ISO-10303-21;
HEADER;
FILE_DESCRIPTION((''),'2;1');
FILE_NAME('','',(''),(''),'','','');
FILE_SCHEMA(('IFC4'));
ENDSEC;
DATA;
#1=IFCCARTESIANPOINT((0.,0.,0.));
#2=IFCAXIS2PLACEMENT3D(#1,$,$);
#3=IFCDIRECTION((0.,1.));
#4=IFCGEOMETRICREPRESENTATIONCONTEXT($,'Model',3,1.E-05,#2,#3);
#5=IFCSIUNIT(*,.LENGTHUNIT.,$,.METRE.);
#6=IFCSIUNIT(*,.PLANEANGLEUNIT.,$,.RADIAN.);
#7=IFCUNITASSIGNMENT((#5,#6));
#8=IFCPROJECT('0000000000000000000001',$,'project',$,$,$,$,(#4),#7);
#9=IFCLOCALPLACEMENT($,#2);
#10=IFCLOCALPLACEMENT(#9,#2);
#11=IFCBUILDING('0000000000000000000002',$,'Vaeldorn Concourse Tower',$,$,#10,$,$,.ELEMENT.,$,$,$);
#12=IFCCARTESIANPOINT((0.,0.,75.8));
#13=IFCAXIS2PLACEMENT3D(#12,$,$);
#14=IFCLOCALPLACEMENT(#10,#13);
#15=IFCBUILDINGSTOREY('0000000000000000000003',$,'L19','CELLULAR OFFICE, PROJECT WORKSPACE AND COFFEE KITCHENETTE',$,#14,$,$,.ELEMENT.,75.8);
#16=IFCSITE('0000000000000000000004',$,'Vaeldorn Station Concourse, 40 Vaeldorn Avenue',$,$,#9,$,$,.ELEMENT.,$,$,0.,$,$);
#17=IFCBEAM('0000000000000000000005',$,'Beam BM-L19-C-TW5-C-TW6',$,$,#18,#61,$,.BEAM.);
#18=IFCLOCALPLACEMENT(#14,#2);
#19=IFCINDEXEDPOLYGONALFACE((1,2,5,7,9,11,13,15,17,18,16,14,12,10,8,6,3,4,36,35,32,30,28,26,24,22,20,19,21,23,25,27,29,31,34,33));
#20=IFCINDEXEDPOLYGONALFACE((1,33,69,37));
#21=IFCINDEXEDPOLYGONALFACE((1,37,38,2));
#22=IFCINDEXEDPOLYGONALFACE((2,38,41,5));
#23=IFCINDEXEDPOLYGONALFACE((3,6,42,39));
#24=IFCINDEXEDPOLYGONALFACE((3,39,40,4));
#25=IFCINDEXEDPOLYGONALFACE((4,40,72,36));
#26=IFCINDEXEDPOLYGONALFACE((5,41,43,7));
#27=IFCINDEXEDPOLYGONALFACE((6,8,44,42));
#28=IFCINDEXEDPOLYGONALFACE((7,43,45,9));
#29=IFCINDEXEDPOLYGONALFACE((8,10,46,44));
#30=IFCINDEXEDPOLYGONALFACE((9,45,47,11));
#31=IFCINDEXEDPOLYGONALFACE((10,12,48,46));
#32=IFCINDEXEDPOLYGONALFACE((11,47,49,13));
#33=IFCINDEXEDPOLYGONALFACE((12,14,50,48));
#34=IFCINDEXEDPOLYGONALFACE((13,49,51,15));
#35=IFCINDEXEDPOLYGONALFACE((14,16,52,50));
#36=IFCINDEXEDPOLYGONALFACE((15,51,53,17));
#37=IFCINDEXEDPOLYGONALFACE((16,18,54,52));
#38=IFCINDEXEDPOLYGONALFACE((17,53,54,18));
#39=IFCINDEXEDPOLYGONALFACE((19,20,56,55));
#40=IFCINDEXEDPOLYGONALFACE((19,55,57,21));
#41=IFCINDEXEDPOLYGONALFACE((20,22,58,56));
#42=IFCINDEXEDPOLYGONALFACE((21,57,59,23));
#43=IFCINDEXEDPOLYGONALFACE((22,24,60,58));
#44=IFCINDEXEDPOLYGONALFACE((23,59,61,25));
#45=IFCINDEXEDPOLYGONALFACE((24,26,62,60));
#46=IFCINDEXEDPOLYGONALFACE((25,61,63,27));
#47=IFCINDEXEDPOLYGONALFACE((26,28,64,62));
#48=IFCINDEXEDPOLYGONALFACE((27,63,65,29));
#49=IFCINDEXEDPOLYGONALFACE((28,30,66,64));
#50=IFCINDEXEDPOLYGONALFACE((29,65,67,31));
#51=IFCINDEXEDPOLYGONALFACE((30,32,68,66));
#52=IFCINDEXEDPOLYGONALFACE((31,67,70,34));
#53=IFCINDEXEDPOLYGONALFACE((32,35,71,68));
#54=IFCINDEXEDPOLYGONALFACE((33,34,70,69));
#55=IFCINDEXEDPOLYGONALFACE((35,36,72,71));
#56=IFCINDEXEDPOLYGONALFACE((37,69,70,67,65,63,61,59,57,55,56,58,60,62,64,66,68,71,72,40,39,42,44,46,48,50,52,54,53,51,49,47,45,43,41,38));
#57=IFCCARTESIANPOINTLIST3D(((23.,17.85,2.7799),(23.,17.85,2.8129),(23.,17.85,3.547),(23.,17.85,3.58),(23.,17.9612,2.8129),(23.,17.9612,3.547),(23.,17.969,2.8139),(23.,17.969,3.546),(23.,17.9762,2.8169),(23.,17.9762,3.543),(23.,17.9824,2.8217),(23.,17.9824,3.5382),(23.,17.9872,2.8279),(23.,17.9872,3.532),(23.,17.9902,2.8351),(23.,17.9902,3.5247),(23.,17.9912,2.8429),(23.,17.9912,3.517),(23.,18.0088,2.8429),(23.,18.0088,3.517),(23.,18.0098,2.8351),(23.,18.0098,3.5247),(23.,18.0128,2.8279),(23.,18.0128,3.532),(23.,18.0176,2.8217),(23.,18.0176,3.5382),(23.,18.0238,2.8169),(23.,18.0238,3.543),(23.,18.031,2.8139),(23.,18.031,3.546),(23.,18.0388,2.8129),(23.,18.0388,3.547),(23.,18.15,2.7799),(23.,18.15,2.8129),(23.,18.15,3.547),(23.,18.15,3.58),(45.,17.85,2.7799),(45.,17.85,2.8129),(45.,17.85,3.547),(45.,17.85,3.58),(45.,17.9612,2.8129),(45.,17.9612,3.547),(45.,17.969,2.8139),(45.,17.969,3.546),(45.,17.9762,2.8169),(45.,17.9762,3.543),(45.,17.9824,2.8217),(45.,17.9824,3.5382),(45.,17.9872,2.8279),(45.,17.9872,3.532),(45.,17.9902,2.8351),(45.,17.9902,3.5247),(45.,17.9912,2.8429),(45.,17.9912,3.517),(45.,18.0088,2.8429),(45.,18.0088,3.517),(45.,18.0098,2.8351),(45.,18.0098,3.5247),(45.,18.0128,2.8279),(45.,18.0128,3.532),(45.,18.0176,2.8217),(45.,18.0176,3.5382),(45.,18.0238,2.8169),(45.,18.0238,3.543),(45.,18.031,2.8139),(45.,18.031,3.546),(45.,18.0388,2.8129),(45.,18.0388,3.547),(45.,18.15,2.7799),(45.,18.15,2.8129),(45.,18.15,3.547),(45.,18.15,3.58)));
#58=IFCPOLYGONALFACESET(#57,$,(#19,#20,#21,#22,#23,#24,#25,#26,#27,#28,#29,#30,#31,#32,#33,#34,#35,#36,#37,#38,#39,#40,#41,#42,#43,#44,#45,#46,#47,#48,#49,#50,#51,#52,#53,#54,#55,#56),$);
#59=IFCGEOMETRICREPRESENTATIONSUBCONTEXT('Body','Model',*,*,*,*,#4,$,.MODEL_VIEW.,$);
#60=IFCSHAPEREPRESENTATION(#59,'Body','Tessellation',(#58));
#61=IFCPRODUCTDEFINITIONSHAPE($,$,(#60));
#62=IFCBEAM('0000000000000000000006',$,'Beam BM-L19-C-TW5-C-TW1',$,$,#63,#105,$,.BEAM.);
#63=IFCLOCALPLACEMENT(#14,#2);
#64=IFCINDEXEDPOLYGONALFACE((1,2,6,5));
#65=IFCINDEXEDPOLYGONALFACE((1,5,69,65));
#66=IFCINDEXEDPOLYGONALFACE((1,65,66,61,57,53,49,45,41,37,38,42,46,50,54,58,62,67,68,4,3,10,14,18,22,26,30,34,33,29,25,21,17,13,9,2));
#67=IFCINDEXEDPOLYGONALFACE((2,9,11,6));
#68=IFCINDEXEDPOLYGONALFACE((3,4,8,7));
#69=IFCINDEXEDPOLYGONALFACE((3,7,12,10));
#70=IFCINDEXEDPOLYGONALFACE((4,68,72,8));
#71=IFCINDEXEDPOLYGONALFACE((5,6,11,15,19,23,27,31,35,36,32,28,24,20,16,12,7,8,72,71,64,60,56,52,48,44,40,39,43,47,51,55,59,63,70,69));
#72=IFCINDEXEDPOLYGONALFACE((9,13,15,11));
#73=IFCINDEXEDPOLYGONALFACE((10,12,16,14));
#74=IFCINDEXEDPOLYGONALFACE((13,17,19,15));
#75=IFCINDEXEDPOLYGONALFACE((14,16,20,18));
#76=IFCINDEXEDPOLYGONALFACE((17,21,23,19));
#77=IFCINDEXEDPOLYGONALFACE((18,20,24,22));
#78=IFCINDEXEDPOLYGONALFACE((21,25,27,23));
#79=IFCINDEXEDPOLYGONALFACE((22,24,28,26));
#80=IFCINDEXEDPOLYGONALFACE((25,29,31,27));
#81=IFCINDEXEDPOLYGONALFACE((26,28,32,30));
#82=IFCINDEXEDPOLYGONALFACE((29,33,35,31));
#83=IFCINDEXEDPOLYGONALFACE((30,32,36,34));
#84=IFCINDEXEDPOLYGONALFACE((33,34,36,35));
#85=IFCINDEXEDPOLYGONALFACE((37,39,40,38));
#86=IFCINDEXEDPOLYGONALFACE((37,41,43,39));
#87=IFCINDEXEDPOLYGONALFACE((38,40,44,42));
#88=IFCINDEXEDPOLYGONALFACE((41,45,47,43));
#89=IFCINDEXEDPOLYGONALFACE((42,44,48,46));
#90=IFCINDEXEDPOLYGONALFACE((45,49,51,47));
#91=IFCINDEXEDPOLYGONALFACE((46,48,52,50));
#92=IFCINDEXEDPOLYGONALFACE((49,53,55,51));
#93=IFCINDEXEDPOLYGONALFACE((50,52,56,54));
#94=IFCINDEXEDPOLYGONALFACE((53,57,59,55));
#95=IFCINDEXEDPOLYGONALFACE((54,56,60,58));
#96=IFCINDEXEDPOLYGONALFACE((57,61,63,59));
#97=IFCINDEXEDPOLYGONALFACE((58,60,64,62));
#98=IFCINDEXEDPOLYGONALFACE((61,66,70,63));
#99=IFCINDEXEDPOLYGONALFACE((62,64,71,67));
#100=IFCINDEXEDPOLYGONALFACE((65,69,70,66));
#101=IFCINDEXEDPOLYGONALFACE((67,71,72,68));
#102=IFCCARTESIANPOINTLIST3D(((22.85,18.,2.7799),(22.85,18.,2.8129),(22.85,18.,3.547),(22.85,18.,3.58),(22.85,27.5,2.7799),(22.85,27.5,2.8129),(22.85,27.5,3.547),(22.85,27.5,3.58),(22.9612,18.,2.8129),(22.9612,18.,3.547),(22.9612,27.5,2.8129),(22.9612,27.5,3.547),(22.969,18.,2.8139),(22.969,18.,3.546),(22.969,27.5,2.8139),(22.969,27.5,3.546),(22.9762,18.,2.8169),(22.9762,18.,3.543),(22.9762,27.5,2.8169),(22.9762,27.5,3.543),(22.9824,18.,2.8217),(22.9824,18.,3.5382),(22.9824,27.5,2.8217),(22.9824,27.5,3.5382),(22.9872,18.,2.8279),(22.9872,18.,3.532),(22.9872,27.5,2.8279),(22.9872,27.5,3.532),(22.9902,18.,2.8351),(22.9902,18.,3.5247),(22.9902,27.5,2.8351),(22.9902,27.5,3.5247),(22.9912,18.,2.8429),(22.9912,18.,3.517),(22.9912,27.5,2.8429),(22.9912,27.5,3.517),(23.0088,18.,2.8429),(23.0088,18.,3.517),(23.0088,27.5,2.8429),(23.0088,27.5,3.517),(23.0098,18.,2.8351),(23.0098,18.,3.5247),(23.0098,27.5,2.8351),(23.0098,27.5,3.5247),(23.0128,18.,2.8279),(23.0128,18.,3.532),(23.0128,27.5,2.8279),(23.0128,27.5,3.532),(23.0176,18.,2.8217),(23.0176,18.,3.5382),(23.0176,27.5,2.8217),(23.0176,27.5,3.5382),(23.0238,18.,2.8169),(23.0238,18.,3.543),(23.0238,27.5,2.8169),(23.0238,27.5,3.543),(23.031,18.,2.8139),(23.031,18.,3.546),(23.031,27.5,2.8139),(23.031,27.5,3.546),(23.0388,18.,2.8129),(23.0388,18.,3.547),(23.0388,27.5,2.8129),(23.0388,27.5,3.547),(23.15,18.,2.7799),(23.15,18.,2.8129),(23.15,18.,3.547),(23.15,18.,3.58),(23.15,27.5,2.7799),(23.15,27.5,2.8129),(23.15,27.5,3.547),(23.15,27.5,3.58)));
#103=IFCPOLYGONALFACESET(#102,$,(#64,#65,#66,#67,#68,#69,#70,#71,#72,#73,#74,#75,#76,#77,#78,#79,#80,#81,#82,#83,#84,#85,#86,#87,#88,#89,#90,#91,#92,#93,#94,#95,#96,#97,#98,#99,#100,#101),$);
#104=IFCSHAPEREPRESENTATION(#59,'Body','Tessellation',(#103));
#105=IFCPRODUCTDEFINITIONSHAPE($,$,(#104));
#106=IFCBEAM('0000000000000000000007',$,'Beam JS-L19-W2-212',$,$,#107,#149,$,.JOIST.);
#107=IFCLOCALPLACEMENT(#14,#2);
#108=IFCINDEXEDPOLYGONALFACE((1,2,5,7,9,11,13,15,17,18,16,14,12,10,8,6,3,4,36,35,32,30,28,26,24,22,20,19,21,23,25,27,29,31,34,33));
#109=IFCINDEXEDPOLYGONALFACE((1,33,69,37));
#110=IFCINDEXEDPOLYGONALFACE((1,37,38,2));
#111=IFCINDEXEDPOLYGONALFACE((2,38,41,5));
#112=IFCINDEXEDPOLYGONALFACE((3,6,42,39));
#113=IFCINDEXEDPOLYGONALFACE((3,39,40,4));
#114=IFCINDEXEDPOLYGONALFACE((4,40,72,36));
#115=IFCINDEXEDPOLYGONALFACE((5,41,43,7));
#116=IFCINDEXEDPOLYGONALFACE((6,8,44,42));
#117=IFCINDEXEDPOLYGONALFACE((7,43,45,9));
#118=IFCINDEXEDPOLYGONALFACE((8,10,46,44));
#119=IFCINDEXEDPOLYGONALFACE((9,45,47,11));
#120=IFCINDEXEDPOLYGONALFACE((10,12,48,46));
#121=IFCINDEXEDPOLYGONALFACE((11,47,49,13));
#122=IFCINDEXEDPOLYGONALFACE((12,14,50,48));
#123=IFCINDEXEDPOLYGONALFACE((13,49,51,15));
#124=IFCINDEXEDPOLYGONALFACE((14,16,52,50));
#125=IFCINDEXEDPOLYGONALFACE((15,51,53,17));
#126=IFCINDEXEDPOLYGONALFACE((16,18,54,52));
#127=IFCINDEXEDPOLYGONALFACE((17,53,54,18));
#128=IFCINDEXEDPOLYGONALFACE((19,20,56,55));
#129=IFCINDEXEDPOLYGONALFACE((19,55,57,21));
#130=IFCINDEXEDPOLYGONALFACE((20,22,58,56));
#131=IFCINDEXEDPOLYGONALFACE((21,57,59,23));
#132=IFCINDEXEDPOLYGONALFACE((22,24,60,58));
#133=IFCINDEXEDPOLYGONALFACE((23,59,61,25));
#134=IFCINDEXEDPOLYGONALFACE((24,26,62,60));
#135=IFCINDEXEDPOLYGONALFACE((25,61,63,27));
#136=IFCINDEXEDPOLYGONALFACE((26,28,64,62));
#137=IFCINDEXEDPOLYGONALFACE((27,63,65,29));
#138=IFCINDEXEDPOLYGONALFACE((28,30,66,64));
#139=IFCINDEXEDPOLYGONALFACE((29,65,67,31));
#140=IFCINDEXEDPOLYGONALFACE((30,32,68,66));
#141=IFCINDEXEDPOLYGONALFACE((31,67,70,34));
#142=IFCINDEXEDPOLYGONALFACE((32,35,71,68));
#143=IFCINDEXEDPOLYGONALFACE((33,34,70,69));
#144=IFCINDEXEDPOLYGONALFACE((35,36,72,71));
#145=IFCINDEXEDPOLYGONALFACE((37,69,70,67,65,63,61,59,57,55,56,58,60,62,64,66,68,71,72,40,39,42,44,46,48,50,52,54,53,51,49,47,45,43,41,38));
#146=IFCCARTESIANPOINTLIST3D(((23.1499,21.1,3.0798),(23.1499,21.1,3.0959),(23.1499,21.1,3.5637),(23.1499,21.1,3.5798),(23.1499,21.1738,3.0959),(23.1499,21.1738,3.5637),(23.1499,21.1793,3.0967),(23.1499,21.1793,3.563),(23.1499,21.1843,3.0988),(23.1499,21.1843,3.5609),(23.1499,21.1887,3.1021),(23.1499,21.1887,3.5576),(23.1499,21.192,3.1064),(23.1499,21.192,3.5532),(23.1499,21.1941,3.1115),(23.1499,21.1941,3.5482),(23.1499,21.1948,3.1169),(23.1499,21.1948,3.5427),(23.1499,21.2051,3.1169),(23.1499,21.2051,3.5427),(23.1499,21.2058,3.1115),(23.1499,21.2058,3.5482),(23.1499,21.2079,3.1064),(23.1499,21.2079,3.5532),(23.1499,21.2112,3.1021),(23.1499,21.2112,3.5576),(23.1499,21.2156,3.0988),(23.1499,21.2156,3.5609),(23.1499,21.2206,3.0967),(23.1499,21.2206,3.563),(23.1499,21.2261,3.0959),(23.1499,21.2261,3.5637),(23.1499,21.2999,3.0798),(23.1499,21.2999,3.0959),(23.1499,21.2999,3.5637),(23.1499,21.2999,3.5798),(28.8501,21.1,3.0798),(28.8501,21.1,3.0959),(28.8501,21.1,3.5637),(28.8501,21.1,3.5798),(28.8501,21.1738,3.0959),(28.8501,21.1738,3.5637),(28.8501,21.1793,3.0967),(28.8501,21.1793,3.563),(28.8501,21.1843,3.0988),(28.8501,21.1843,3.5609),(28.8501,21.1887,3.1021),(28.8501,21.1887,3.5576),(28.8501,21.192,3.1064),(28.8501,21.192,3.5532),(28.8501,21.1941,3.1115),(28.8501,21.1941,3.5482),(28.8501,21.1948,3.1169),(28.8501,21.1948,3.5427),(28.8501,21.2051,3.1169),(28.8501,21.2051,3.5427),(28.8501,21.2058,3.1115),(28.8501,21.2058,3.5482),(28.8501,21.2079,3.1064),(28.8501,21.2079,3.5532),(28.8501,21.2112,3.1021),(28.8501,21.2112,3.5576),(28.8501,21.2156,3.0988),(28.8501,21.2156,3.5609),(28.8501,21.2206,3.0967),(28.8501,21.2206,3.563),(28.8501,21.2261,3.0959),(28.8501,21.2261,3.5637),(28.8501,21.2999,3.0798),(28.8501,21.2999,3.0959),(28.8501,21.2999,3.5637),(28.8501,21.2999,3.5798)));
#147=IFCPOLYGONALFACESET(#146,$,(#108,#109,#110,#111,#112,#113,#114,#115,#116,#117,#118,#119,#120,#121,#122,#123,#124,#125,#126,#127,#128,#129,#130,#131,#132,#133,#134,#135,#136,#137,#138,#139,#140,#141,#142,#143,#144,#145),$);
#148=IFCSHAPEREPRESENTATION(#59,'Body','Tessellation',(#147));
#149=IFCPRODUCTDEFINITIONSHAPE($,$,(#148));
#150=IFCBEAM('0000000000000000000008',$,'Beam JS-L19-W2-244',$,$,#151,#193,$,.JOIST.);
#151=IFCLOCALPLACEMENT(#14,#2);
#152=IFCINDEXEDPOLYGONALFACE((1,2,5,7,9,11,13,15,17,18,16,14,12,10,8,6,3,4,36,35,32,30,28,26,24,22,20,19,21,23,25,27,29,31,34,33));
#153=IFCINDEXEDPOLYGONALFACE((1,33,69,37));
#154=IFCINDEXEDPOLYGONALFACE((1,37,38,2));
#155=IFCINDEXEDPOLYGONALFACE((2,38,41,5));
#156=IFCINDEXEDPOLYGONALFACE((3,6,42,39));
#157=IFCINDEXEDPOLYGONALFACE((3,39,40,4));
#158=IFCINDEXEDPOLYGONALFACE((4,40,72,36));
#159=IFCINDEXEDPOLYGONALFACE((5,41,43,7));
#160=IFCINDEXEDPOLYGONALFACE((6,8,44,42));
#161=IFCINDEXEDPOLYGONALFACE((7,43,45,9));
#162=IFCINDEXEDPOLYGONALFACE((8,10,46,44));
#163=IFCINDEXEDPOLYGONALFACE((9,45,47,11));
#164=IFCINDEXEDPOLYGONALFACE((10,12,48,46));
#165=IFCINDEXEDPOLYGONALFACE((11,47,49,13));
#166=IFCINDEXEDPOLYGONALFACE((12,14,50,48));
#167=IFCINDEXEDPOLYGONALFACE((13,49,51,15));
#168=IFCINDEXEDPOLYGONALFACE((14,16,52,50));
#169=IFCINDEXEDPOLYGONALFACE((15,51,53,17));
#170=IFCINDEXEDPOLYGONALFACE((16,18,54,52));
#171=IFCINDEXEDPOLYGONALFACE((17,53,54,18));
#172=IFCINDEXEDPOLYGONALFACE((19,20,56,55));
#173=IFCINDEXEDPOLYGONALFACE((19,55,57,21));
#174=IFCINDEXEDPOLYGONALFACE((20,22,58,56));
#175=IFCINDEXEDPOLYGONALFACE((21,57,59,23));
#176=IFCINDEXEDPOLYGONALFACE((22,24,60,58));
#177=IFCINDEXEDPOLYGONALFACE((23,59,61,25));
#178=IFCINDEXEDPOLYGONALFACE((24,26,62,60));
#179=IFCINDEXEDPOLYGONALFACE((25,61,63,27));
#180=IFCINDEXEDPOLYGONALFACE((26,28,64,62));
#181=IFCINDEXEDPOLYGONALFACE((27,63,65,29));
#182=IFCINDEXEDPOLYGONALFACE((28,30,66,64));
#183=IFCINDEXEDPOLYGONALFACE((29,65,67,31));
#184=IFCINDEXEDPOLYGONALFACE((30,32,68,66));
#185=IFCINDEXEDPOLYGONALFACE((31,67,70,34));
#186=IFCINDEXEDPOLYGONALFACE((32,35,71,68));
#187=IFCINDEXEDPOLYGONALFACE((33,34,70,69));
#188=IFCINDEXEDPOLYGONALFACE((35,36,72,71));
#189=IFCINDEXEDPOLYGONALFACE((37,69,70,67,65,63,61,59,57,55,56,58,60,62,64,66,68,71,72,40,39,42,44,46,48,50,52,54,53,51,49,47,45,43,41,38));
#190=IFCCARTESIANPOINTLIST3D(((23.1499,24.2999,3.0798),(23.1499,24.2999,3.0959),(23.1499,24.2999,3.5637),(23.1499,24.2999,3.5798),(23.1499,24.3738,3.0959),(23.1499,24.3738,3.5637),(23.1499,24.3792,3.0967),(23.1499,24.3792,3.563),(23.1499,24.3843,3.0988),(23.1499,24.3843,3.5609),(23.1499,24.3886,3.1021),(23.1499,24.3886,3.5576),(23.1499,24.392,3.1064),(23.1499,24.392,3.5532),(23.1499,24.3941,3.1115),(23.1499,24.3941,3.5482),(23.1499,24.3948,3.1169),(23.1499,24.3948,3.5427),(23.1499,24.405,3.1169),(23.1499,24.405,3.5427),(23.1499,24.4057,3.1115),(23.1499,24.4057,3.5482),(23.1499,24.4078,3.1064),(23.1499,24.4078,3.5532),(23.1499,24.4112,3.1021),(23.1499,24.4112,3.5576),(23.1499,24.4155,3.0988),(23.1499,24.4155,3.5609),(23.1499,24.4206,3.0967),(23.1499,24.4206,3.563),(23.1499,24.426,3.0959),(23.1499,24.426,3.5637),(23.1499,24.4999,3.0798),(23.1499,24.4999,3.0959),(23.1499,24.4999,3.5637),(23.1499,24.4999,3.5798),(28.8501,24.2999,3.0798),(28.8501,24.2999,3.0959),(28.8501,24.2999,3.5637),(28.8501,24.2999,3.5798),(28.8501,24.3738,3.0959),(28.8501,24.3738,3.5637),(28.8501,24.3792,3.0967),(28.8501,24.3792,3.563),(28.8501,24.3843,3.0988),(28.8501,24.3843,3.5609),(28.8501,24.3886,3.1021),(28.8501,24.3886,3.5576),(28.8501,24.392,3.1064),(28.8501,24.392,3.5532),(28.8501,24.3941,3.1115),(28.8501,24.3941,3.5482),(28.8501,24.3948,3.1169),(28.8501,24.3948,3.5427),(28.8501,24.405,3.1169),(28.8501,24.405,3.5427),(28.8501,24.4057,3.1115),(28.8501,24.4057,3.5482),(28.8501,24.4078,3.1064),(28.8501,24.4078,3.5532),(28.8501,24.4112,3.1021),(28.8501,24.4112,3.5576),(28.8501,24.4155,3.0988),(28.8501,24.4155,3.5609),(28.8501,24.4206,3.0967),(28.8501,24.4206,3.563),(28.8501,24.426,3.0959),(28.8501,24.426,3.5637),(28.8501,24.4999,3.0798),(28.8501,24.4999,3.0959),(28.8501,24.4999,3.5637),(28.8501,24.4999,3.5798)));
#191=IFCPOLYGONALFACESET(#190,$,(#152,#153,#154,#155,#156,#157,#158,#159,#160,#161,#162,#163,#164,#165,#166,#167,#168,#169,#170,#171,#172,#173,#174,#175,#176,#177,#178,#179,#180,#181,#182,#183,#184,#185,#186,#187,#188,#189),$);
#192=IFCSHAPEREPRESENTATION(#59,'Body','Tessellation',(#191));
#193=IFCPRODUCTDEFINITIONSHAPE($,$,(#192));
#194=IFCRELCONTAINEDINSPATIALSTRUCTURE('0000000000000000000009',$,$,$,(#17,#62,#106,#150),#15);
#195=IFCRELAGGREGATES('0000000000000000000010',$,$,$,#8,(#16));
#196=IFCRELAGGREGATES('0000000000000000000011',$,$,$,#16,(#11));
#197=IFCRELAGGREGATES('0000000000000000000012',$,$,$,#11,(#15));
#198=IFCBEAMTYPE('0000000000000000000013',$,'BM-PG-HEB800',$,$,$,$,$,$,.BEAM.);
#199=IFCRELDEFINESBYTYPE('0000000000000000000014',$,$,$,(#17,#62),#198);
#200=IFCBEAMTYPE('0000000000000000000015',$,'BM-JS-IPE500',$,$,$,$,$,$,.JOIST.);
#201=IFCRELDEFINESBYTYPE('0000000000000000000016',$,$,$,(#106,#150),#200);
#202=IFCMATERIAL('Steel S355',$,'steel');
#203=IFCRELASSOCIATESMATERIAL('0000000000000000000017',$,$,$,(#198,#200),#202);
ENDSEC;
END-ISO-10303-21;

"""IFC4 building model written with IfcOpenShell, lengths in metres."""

from ifc_helpers import new_model, si_unit, direction, frame, origin, origin_2d, place, context, subcontext, project, spatial, i_section, extrude, source, transform, mapped, material, material_profile, profile_set, type_object, element, save


model = new_model("IFC4")

# Units and contexts
model_context = context("Model", 3, precision=1e-05, world=origin(), true_north=direction((0.0, 1.0)))
body_context = subcontext(model_context, "Body", "Model", "MODEL_VIEW")
ifc_project = project(units=[si_unit("LENGTHUNIT", "METRE"), si_unit("PLANEANGLEUNIT", "RADIAN")], contexts=[model_context])

# Site, building, storey
site_placement = place(None, origin())
site = spatial("IfcSite", under=ifc_project, at=site_placement, Name="Vaeldorn Station Concourse, 40 Vaeldorn Avenue", CompositionType="ELEMENT", RefElevation=0.0)
building_placement = place(site_placement, origin())
building = spatial("IfcBuilding", under=site, at=building_placement, Name="Vaeldorn Concourse Tower", CompositionType="ELEMENT")
storey_placement = place(building_placement, frame((0.0, 0.0, 75.8)))
storey = spatial("IfcBuildingStorey", under=building, at=storey_placement, Name="L19", Description="CELLULAR OFFICE, PROJECT WORKSPACE AND COFFEE KITCHENETTE", CompositionType="ELEMENT", Elevation=75.8)

# Beams
ifc_material_1 = material(Name="Steel S355", Category="steel")
ifc_material_profile_1 = material_profile(ifc_material_1, i_section(OverallWidth=0.3, OverallDepth=0.8, WebThickness=0.0176, FlangeThickness=0.033, FilletRadius=0.03, at=origin_2d()), Name="HEB 800")
ifc_profile_set_1 = profile_set([ifc_material_profile_1], Name="Steel S355")
beam_type_1 = type_object("IfcBeamType", Name="BM-PG-HEB800", PredefinedType="BEAM", material=ifc_profile_set_1)
shared_shape_1 = source(origin(), body_context, "Body", "SweptSolid", [
    extrude(i_section(OverallWidth=0.3, OverallDepth=0.8, WebThickness=0.0176, FlangeThickness=0.033, FilletRadius=0.03, at=origin_2d()), origin(), (0.0, 0.0, 1.0), 22.0),
])
beam_1_placement = place(storey_placement, frame((23.0, 18.0, 3.1799), z_axis=(1.0, 0.0, 0.0), x_axis=(0.0, 1.0, 0.0)))
element("IfcBeam", 1, at=beam_1_placement, inside=storey, type_object=beam_type_1, Name="Beam BM-L19-C-TW5-C-TW6", PredefinedType="BEAM", context=body_context, shape_type="MappedRepresentation", body=[
    mapped(shared_shape_1, transform((0.0, 0.0, 0.0), scale=1.0)),
])
shared_shape_2 = source(origin(), body_context, "Body", "SweptSolid", [
    extrude(i_section(OverallWidth=0.3, OverallDepth=0.8, WebThickness=0.0176, FlangeThickness=0.033, FilletRadius=0.03, at=origin_2d()), origin(), (0.0, 0.0, 1.0), 9.5),
])
beam_2_placement = place(storey_placement, frame((23.0, 18.0, 3.1799), z_axis=(0.0, 1.0, 0.0), x_axis=(-1.0, 0.0, 0.0)))
element("IfcBeam", 2, at=beam_2_placement, inside=storey, type_object=beam_type_1, Name="Beam BM-L19-C-TW5-C-TW1", PredefinedType="BEAM", context=body_context, shape_type="MappedRepresentation", body=[
    mapped(shared_shape_2, transform((0.0, 0.0, 0.0), scale=1.0)),
])
ifc_material_profile_2 = material_profile(ifc_material_1, i_section(OverallWidth=0.2, OverallDepth=0.5, WebThickness=0.0103, FlangeThickness=0.0161, FilletRadius=0.021, at=origin_2d()), Name="IPE 500")
ifc_profile_set_2 = profile_set([ifc_material_profile_2], Name="Steel S355")
beam_type_2 = type_object("IfcBeamType", Name="BM-JS-IPE500", PredefinedType="JOIST", material=ifc_profile_set_2)
shared_shape_3 = source(origin(), body_context, "Body", "SweptSolid", [
    extrude(i_section(OverallWidth=0.2, OverallDepth=0.5, WebThickness=0.0103, FlangeThickness=0.0161, FilletRadius=0.021, at=origin_2d()), origin(), (0.0, 0.0, 1.0), 5.7002),
])
for number, where, z_axis, x_axis, name in (
    (3, (23.1499, 21.2, 3.3298), (1.0, 0.0, 0.0), (0.0, 1.0, 0.0), "Beam JS-L19-W2-212"),
    (4, (23.1499, 24.3999, 3.3298), (1.0, 0.0, 0.0), (0.0, 1.0, 0.0), "Beam JS-L19-W2-244"),
):
    element("IfcBeam", number, at=place(storey_placement, frame(where, z_axis=z_axis, x_axis=x_axis)), inside=storey, type_object=beam_type_2, Name=name, PredefinedType="JOIST", context=body_context, shape_type="MappedRepresentation", body=[
        mapped(shared_shape_3, transform((0.0, 0.0, 0.0), scale=1.0)),
    ])

save(model, "model.ifc")
